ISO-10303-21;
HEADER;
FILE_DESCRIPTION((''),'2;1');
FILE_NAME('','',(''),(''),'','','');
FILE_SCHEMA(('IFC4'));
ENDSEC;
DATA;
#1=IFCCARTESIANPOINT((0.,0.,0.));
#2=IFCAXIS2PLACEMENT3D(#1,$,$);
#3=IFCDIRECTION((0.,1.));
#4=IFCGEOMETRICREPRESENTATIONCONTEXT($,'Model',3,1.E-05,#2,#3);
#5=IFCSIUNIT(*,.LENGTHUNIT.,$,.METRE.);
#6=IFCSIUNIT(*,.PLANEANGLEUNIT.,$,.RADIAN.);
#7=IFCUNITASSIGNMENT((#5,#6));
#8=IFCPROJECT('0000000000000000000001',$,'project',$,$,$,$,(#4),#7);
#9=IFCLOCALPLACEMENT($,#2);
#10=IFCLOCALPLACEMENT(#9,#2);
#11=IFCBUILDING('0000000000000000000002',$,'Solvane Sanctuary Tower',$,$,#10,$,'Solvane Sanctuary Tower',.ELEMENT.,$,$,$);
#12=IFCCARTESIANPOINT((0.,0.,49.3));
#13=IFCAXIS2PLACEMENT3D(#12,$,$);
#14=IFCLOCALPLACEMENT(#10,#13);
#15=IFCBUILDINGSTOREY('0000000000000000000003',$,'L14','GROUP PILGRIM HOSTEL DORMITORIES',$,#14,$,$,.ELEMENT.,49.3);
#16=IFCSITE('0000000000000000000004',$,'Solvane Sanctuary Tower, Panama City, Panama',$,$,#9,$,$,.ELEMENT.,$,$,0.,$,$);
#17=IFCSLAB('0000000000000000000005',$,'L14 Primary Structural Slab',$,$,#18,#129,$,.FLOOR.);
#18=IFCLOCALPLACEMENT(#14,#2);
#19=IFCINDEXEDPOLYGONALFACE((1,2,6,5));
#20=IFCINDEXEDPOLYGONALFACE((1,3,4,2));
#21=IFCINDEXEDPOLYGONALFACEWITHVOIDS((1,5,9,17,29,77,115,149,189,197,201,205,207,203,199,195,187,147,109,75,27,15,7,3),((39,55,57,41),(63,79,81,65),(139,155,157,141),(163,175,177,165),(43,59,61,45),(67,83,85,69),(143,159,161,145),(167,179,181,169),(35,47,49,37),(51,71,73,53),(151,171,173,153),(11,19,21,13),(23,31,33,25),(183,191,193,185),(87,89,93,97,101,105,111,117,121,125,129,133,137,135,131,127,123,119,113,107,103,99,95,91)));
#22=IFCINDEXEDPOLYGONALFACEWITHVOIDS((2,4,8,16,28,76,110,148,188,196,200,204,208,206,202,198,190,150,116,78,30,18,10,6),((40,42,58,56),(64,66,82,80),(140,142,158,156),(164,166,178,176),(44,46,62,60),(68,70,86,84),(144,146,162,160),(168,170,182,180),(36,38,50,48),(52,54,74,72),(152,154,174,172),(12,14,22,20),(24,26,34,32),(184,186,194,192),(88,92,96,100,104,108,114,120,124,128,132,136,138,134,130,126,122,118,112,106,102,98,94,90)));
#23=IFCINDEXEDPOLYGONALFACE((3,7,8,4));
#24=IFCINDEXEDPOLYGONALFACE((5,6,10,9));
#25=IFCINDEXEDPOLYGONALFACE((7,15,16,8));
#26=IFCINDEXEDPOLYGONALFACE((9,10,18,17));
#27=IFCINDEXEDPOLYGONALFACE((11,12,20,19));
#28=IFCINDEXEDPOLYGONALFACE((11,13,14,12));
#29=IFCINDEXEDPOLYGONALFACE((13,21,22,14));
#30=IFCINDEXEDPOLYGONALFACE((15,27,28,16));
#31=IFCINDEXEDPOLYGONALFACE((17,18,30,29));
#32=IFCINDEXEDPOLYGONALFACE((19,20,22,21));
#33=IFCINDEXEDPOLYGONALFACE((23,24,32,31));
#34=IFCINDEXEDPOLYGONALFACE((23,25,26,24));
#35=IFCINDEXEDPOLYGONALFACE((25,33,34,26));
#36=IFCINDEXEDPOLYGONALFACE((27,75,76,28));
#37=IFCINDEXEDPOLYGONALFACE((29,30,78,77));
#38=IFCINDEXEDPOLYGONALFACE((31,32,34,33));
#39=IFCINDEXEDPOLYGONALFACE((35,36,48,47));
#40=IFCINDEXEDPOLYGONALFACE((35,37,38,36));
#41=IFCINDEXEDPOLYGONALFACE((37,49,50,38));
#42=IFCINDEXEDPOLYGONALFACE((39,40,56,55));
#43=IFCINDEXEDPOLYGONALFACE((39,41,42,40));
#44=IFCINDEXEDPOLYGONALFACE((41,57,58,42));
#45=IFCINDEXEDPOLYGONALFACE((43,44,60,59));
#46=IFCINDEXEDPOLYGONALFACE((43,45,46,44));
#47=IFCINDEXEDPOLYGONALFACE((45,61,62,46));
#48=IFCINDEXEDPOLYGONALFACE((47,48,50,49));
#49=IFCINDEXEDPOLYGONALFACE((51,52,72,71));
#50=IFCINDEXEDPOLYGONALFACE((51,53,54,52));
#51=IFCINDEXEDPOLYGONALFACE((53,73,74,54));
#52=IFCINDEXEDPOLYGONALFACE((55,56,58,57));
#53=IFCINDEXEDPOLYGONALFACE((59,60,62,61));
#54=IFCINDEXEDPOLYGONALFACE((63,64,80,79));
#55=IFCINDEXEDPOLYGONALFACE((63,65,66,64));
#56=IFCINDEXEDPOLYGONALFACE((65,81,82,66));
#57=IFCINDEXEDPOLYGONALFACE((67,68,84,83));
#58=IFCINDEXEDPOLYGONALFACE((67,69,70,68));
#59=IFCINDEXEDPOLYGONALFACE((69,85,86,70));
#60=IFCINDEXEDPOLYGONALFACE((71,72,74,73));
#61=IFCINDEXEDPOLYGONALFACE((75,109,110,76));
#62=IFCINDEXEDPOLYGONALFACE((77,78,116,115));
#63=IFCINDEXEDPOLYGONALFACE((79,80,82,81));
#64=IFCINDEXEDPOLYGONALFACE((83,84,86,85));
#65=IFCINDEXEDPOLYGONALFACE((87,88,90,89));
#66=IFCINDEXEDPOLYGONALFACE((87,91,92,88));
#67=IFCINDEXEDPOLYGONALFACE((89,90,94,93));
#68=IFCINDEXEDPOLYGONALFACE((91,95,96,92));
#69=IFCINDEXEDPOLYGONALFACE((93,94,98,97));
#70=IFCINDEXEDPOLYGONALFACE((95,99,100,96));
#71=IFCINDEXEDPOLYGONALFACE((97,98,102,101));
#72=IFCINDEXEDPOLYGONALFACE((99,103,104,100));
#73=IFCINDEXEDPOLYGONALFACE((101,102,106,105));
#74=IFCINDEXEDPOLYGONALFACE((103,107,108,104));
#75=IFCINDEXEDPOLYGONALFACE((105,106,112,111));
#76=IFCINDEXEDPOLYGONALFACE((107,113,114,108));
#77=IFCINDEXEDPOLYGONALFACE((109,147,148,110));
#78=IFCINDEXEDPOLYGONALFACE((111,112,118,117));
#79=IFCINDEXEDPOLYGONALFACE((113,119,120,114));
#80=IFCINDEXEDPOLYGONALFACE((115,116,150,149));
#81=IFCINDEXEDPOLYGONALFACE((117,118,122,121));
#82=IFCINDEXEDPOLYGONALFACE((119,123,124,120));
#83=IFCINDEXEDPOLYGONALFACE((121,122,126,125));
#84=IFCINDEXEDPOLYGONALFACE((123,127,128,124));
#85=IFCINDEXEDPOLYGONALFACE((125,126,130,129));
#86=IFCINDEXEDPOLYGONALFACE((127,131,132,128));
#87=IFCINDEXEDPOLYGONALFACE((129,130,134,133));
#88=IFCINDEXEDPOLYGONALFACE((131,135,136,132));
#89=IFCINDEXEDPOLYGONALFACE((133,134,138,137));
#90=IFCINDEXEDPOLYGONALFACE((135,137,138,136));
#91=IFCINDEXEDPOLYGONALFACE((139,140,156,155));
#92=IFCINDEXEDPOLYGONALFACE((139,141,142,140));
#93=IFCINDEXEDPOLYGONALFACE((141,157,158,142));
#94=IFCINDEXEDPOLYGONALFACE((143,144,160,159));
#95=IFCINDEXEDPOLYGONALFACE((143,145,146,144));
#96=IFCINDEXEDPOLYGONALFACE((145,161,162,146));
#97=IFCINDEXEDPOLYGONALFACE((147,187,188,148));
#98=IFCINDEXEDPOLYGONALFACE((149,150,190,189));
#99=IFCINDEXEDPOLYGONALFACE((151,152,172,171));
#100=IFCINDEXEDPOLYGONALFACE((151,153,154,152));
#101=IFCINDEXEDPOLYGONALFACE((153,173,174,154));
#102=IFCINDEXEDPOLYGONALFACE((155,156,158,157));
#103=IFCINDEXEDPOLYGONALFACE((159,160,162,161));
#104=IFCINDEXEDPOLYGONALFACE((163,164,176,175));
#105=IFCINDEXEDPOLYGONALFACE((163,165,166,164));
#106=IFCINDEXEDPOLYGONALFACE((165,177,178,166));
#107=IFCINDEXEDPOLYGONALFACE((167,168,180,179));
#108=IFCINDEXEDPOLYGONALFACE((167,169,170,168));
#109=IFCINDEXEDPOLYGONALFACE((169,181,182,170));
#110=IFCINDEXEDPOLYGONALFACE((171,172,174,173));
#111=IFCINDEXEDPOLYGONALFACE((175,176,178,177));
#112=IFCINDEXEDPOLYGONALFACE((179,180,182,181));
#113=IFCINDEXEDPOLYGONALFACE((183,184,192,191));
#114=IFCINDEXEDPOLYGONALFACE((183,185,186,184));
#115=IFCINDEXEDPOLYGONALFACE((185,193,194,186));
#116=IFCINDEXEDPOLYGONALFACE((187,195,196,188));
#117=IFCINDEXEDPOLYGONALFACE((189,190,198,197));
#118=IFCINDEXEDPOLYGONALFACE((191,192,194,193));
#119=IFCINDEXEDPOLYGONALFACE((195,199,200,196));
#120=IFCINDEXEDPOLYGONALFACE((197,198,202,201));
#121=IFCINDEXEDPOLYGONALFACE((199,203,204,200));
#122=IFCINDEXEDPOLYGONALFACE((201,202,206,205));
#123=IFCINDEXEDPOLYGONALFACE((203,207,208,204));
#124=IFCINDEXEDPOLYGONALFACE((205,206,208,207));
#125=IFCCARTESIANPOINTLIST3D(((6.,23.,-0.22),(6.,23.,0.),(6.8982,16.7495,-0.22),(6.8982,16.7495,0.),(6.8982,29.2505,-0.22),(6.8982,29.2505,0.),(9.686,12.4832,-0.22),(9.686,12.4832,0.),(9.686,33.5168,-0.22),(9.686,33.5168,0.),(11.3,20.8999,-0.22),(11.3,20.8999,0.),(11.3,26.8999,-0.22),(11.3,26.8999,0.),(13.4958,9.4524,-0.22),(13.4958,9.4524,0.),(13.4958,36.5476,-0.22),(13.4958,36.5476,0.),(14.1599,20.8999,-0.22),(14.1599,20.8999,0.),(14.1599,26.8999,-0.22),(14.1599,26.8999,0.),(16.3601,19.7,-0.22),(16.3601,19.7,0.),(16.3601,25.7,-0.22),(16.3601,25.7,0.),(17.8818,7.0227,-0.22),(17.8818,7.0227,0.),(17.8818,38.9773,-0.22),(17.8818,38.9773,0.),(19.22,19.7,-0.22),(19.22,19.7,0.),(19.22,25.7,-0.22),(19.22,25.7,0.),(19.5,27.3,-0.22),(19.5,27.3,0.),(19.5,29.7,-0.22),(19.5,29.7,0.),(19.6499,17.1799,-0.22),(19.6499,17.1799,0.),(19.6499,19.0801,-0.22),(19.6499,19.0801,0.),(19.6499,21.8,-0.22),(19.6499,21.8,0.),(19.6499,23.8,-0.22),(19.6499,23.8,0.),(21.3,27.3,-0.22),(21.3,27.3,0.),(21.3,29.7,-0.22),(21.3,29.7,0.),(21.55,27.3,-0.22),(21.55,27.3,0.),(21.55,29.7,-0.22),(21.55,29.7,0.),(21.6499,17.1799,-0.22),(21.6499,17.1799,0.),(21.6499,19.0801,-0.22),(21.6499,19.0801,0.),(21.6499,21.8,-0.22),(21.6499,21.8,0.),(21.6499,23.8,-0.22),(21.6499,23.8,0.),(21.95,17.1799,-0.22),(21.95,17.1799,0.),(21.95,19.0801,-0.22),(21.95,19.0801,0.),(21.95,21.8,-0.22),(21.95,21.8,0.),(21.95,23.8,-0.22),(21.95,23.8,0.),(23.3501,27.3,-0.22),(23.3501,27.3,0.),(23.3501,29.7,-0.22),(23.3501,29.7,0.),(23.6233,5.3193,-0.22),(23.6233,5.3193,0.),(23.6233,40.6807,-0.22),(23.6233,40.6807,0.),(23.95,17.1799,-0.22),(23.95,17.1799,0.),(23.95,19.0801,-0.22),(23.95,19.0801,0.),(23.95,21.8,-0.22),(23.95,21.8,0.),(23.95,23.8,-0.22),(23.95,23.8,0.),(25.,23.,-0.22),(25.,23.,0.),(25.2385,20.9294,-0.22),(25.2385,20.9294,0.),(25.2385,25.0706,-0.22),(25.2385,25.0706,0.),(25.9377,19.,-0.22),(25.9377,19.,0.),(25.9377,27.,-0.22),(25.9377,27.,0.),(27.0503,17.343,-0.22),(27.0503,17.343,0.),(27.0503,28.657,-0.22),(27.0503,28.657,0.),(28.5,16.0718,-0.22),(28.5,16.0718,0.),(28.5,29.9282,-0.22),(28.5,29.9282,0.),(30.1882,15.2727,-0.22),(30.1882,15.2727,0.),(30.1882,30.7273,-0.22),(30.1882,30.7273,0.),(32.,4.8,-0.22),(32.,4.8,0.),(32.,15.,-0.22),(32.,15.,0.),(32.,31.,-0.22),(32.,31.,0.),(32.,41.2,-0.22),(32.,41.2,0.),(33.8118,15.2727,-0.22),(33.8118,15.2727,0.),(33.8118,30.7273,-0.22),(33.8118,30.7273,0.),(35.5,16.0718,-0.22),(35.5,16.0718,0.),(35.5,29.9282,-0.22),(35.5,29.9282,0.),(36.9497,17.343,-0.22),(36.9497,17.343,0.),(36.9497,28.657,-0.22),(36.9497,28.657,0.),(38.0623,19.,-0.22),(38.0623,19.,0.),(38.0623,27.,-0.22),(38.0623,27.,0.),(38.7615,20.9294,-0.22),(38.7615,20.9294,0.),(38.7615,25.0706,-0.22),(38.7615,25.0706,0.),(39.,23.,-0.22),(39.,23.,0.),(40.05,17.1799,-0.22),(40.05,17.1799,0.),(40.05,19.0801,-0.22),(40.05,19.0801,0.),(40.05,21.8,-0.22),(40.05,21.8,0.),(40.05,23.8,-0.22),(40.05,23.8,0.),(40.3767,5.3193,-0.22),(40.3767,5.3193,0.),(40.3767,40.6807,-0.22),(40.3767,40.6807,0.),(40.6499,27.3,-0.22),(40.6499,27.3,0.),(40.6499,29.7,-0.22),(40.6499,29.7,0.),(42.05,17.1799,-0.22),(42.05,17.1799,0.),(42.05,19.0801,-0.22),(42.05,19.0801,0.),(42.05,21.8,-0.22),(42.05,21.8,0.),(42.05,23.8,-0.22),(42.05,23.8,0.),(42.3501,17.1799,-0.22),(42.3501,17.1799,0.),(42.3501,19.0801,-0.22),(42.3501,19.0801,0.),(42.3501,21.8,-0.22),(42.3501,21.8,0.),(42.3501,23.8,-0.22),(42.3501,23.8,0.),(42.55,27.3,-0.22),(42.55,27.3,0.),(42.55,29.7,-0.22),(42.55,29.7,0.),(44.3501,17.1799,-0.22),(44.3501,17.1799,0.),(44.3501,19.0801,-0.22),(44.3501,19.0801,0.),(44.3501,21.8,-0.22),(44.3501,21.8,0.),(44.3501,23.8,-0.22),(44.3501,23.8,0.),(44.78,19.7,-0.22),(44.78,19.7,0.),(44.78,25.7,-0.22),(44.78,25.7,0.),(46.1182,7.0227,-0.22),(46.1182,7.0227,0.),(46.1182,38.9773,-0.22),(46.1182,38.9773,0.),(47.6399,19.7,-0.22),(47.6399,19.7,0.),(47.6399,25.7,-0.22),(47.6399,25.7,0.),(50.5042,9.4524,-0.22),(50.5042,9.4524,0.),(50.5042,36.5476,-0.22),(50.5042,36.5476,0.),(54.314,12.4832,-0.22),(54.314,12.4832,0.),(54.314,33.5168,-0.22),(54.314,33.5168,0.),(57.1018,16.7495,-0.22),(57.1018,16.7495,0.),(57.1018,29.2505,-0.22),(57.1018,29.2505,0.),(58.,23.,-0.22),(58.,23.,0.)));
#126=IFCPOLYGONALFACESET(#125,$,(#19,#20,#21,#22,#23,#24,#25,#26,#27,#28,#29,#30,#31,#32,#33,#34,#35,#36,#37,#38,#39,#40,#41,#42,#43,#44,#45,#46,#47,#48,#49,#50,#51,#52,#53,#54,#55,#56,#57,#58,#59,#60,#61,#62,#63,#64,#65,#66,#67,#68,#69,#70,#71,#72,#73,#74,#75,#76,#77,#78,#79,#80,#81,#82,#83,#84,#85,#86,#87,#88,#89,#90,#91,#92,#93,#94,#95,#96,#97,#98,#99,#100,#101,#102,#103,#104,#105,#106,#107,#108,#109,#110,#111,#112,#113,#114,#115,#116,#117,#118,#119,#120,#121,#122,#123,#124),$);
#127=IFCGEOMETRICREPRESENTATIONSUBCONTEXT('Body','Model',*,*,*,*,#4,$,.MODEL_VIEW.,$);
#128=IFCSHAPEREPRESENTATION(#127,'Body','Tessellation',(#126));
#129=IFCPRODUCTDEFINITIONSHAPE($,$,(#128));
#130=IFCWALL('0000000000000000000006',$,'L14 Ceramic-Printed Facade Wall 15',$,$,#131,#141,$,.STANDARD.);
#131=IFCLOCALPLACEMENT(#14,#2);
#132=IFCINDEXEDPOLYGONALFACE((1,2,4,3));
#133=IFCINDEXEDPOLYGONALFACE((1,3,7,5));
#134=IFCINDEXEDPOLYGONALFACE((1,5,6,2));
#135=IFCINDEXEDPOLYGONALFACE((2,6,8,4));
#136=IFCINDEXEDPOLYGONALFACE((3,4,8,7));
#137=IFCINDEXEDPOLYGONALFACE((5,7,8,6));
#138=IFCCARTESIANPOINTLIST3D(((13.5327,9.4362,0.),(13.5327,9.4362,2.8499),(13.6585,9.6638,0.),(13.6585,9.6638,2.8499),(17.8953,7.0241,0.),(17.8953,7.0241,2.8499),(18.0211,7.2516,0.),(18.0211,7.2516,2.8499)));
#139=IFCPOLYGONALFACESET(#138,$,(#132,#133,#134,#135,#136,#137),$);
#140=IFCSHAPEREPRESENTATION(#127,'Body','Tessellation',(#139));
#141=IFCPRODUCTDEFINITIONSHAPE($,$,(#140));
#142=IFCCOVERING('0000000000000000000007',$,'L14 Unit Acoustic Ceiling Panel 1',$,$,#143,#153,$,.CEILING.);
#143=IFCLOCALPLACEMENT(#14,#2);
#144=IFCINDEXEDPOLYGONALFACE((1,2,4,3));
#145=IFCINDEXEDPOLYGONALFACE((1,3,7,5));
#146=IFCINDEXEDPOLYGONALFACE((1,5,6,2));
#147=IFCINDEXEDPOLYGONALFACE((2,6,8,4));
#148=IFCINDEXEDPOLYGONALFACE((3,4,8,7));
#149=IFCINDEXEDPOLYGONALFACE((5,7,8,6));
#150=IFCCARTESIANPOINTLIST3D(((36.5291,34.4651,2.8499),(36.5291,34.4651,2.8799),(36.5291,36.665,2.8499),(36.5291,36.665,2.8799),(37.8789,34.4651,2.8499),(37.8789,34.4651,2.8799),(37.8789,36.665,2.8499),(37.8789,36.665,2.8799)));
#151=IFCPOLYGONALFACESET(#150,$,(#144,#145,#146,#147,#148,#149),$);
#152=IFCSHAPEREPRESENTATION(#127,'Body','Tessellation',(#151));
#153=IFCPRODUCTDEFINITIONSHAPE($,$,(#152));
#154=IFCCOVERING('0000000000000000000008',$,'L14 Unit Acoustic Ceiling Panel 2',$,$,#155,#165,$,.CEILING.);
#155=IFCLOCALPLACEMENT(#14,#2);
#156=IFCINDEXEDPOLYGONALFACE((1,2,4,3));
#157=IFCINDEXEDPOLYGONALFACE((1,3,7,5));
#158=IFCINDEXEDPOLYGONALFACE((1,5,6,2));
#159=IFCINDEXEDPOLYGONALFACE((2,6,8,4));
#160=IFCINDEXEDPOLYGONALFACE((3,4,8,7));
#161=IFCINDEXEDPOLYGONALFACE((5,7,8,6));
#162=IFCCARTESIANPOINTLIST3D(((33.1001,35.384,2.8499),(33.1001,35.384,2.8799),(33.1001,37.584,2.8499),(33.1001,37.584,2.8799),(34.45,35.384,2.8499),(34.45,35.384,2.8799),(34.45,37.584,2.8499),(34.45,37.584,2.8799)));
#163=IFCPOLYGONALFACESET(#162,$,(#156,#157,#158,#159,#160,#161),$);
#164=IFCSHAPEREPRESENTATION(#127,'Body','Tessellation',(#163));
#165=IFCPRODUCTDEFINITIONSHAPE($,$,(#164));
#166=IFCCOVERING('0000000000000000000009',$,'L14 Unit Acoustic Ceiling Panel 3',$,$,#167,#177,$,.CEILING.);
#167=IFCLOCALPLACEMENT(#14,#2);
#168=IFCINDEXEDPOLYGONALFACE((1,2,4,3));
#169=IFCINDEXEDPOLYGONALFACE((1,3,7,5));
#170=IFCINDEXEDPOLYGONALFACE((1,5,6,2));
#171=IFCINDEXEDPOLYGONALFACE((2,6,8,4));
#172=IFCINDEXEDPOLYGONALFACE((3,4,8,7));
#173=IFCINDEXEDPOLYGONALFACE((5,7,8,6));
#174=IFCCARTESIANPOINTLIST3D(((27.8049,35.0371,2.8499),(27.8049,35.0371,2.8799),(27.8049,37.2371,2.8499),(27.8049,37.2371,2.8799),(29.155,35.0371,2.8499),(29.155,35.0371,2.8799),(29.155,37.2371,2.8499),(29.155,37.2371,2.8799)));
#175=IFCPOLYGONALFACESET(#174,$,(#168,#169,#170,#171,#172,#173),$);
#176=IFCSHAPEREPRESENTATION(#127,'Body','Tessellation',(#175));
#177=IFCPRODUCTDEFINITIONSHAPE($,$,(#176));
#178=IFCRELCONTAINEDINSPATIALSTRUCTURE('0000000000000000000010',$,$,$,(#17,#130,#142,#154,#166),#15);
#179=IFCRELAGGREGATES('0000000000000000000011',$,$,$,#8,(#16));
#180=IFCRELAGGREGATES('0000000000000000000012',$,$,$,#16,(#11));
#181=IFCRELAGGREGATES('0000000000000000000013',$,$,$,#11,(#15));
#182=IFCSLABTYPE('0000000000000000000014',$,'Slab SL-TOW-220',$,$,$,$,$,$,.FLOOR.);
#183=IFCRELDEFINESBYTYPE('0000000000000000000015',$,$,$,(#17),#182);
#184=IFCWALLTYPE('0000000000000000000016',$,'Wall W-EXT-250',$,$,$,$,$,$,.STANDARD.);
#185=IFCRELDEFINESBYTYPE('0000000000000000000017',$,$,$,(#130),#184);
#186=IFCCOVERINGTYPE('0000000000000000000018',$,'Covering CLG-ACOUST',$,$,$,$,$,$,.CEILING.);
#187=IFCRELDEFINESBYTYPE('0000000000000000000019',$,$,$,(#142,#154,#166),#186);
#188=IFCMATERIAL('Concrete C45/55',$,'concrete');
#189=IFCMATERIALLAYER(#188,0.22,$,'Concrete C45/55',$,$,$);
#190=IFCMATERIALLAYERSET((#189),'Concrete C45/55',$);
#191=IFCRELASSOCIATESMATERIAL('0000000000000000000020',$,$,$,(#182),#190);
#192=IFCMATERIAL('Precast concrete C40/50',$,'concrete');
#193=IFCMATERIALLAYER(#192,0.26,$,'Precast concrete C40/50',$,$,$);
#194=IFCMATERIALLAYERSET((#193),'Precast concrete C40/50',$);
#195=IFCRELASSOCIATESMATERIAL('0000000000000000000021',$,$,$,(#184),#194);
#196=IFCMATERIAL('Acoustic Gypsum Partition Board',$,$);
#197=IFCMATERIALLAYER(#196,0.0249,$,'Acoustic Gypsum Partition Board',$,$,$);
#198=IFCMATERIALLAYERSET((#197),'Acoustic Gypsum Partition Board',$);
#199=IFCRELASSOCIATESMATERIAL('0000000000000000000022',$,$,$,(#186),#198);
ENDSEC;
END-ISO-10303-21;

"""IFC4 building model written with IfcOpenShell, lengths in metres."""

from ifc_helpers import new_model, si_unit, direction, frame, frame_2d, origin, place, context, subcontext, project, spatial, polyline, rectangle, outline, extrude, material, layer, layer_set, type_object, element, save


model = new_model("IFC4")

# Units and contexts
model_context = context("Model", 3, precision=1e-05, world=origin(), true_north=direction((0.0, 1.0)))
body_context = subcontext(model_context, "Body", "Model", "MODEL_VIEW")
ifc_project = project(units=[si_unit("LENGTHUNIT", "METRE"), si_unit("PLANEANGLEUNIT", "RADIAN")], contexts=[model_context])

# Site, building, storey
site_placement = place(None, origin())
site = spatial("IfcSite", under=ifc_project, at=site_placement, Name="Solvane Sanctuary Tower, Panama City, Panama", CompositionType="ELEMENT", RefElevation=0.0)
building_placement = place(site_placement, origin())
building = spatial("IfcBuilding", under=site, at=building_placement, Name="Solvane Sanctuary Tower", LongName="Solvane Sanctuary Tower", CompositionType="ELEMENT")
storey_placement = place(building_placement, frame((0.0, 0.0, 49.3)))
storey = spatial("IfcBuildingStorey", under=building, at=storey_placement, Name="L14", Description="GROUP PILGRIM HOSTEL DORMITORIES", CompositionType="ELEMENT", Elevation=49.3)

# Shared definitions
ifc_material_1 = material(Name="Precast concrete C40/50", Category="concrete")

# Shared definitions
ifc_material_2 = material(Name="Concrete C45/55", Category="concrete")

# Slab
ifc_layer_1 = layer(ifc_material_2, 0.22, Name="Concrete C45/55")
ifc_layer_set_1 = layer_set([ifc_layer_1], Name="Concrete C45/55")
slab_type_1 = type_object("IfcSlabType", Name="Slab SL-TOW-220", PredefinedType="FLOOR", material=ifc_layer_set_1)
slab_1_placement = place(storey_placement, frame((0.0, 0.0, -0.22)))
element("IfcSlab", 1, at=slab_1_placement, inside=storey, type_object=slab_type_1, Name="L14 Primary Structural Slab", PredefinedType="FLOOR", context=body_context, shape_type="SweptSolid", body=[
    extrude(outline(polyline([(58.0, 23.0), (57.1018, 29.2505), (54.314, 33.5168), (50.5042, 36.5476), (46.1182, 38.9773), (40.3767, 40.6807), (32.0, 41.2), (23.6233, 40.6807), (17.8818, 38.9773), (13.4958, 36.5476), (9.686, 33.5168), (6.8982, 29.2505), (6.0, 23.0), (6.8982, 16.7495), (9.686, 12.4832), (13.4958, 9.4524), (17.8818, 7.0227), (23.6233, 5.3193), (32.0, 4.8), (40.3767, 5.3193), (46.1182, 7.0227), (50.5042, 9.4524), (54.314, 12.4832), (57.1018, 16.7495), (58.0, 23.0)]), holes=[polyline([(38.7615, 20.9294), (38.0623, 19.0), (36.9497, 17.343), (35.5, 16.0718), (33.8118, 15.2727), (32.0, 15.0), (30.1882, 15.2727), (28.5, 16.0718), (27.0503, 17.343), (25.9377, 19.0), (25.2385, 20.9294), (25.0, 23.0), (25.2385, 25.0706), (25.9377, 27.0), (27.0503, 28.657), (28.5, 29.9282), (30.1882, 30.7273), (32.0, 31.0), (33.8118, 30.7273), (35.5, 29.9282), (36.9497, 28.657), (38.0623, 27.0), (38.7615, 25.0706), (39.0, 23.0), (38.7615, 20.9294)]), polyline([(16.3601, 19.7), (16.3601, 25.7), (19.22, 25.7), (19.22, 19.7), (16.3601, 19.7)]), polyline([(44.78, 19.7), (44.78, 25.7), (47.6399, 25.7), (47.6399, 19.7), (44.78, 19.7)]), polyline([(11.3, 20.8999), (11.3, 26.8999), (14.1599, 26.8999), (14.1599, 20.8999), (11.3, 20.8999)]), polyline([(19.6499, 19.0801), (21.6499, 19.0801), (21.6499, 17.1799), (19.6499, 17.1799), (19.6499, 19.0801)]), polyline([(21.95, 19.0801), (23.95, 19.0801), (23.95, 17.1799), (21.95, 17.1799), (21.95, 19.0801)]), polyline([(40.05, 19.0801), (42.05, 19.0801), (42.05, 17.1799), (40.05, 17.1799), (40.05, 19.0801)]), polyline([(42.3501, 19.0801), (44.3501, 19.0801), (44.3501, 17.1799), (42.3501, 17.1799), (42.3501, 19.0801)]), polyline([(19.6499, 23.8), (21.6499, 23.8), (21.6499, 21.8), (19.6499, 21.8), (19.6499, 23.8)]), polyline([(42.3501, 23.8), (44.3501, 23.8), (44.3501, 21.8), (42.3501, 21.8), (42.3501, 23.8)]), polyline([(21.95, 23.8), (23.95, 23.8), (23.95, 21.8), (21.95, 21.8), (21.95, 23.8)]), polyline([(40.05, 23.8), (42.05, 23.8), (42.05, 21.8), (40.05, 21.8), (40.05, 23.8)]), polyline([(19.5, 29.7), (21.3, 29.7), (21.3, 27.3), (19.5, 27.3), (19.5, 29.7)]), polyline([(21.55, 29.7), (23.3501, 29.7), (23.3501, 27.3), (21.55, 27.3), (21.55, 29.7)]), polyline([(40.6499, 29.7), (42.55, 29.7), (42.55, 27.3), (40.6499, 27.3), (40.6499, 29.7)])]), origin(), (0.0, 0.0, 1.0), 0.22),
])

# Wall
ifc_layer_2 = layer(ifc_material_1, 0.26, Name="Precast concrete C40/50")
ifc_layer_set_2 = layer_set([ifc_layer_2], Name="Precast concrete C40/50")
wall_type = type_object("IfcWallType", Name="Wall W-EXT-250", PredefinedType="STANDARD", material=ifc_layer_set_2)
wall_placement = place(storey_placement, frame((13.5955, 9.55, 0.0), z_axis=(0.0, 0.0, 1.0), x_axis=(0.875137, -0.483875, 0.0)))
element("IfcWall", 2, at=wall_placement, inside=storey, type_object=wall_type, Name="L14 Ceramic-Printed Facade Wall 15", PredefinedType="STANDARD", context=body_context, shape_type="SweptSolid", body=[
    extrude(rectangle(XDim=4.9851, YDim=0.26, at=frame_2d((2.4927, 0.0))), origin(), (0.0, 0.0, 1.0), 2.8499),
])

# Coverings
ifc_material_3 = material(Name="Acoustic Gypsum Partition Board")
ifc_layer_3 = layer(ifc_material_3, 0.0249, Name="Acoustic Gypsum Partition Board")
ifc_layer_set_3 = layer_set([ifc_layer_3], Name="Acoustic Gypsum Partition Board")
covering_type_1 = type_object("IfcCoveringType", Name="Covering CLG-ACOUST", PredefinedType="CEILING", material=ifc_layer_set_3)
covering_1_placement = place(storey_placement, frame((0.0, 0.0, 2.8499)))
element("IfcCovering", 3, at=covering_1_placement, inside=storey, type_object=covering_type_1, Name="L14 Unit Acoustic Ceiling Panel 1", PredefinedType="CEILING", context=body_context, shape_type="SweptSolid", body=[
    extrude(outline(polyline([(36.5291, 34.4651), (37.8789, 34.4651), (37.8789, 36.665), (36.5291, 36.665), (36.5291, 34.4651)])), origin(), (0.0, 0.0, 1.0), 0.03),
])
covering_2_placement = place(storey_placement, frame((0.0, 0.0, 2.8499)))
element("IfcCovering", 4, at=covering_2_placement, inside=storey, type_object=covering_type_1, Name="L14 Unit Acoustic Ceiling Panel 2", PredefinedType="CEILING", context=body_context, shape_type="SweptSolid", body=[
    extrude(outline(polyline([(33.1001, 35.384), (34.45, 35.384), (34.45, 37.584), (33.1001, 37.584), (33.1001, 35.384)])), origin(), (0.0, 0.0, 1.0), 0.03),
])
covering_3_placement = place(storey_placement, frame((0.0, 0.0, 2.8499)))
element("IfcCovering", 5, at=covering_3_placement, inside=storey, type_object=covering_type_1, Name="L14 Unit Acoustic Ceiling Panel 3", PredefinedType="CEILING", context=body_context, shape_type="SweptSolid", body=[
    extrude(outline(polyline([(27.8049, 35.0371), (29.155, 35.0371), (29.155, 37.2371), (27.8049, 37.2371), (27.8049, 35.0371)])), origin(), (0.0, 0.0, 1.0), 0.03),
])

save(model, "model.ifc")
